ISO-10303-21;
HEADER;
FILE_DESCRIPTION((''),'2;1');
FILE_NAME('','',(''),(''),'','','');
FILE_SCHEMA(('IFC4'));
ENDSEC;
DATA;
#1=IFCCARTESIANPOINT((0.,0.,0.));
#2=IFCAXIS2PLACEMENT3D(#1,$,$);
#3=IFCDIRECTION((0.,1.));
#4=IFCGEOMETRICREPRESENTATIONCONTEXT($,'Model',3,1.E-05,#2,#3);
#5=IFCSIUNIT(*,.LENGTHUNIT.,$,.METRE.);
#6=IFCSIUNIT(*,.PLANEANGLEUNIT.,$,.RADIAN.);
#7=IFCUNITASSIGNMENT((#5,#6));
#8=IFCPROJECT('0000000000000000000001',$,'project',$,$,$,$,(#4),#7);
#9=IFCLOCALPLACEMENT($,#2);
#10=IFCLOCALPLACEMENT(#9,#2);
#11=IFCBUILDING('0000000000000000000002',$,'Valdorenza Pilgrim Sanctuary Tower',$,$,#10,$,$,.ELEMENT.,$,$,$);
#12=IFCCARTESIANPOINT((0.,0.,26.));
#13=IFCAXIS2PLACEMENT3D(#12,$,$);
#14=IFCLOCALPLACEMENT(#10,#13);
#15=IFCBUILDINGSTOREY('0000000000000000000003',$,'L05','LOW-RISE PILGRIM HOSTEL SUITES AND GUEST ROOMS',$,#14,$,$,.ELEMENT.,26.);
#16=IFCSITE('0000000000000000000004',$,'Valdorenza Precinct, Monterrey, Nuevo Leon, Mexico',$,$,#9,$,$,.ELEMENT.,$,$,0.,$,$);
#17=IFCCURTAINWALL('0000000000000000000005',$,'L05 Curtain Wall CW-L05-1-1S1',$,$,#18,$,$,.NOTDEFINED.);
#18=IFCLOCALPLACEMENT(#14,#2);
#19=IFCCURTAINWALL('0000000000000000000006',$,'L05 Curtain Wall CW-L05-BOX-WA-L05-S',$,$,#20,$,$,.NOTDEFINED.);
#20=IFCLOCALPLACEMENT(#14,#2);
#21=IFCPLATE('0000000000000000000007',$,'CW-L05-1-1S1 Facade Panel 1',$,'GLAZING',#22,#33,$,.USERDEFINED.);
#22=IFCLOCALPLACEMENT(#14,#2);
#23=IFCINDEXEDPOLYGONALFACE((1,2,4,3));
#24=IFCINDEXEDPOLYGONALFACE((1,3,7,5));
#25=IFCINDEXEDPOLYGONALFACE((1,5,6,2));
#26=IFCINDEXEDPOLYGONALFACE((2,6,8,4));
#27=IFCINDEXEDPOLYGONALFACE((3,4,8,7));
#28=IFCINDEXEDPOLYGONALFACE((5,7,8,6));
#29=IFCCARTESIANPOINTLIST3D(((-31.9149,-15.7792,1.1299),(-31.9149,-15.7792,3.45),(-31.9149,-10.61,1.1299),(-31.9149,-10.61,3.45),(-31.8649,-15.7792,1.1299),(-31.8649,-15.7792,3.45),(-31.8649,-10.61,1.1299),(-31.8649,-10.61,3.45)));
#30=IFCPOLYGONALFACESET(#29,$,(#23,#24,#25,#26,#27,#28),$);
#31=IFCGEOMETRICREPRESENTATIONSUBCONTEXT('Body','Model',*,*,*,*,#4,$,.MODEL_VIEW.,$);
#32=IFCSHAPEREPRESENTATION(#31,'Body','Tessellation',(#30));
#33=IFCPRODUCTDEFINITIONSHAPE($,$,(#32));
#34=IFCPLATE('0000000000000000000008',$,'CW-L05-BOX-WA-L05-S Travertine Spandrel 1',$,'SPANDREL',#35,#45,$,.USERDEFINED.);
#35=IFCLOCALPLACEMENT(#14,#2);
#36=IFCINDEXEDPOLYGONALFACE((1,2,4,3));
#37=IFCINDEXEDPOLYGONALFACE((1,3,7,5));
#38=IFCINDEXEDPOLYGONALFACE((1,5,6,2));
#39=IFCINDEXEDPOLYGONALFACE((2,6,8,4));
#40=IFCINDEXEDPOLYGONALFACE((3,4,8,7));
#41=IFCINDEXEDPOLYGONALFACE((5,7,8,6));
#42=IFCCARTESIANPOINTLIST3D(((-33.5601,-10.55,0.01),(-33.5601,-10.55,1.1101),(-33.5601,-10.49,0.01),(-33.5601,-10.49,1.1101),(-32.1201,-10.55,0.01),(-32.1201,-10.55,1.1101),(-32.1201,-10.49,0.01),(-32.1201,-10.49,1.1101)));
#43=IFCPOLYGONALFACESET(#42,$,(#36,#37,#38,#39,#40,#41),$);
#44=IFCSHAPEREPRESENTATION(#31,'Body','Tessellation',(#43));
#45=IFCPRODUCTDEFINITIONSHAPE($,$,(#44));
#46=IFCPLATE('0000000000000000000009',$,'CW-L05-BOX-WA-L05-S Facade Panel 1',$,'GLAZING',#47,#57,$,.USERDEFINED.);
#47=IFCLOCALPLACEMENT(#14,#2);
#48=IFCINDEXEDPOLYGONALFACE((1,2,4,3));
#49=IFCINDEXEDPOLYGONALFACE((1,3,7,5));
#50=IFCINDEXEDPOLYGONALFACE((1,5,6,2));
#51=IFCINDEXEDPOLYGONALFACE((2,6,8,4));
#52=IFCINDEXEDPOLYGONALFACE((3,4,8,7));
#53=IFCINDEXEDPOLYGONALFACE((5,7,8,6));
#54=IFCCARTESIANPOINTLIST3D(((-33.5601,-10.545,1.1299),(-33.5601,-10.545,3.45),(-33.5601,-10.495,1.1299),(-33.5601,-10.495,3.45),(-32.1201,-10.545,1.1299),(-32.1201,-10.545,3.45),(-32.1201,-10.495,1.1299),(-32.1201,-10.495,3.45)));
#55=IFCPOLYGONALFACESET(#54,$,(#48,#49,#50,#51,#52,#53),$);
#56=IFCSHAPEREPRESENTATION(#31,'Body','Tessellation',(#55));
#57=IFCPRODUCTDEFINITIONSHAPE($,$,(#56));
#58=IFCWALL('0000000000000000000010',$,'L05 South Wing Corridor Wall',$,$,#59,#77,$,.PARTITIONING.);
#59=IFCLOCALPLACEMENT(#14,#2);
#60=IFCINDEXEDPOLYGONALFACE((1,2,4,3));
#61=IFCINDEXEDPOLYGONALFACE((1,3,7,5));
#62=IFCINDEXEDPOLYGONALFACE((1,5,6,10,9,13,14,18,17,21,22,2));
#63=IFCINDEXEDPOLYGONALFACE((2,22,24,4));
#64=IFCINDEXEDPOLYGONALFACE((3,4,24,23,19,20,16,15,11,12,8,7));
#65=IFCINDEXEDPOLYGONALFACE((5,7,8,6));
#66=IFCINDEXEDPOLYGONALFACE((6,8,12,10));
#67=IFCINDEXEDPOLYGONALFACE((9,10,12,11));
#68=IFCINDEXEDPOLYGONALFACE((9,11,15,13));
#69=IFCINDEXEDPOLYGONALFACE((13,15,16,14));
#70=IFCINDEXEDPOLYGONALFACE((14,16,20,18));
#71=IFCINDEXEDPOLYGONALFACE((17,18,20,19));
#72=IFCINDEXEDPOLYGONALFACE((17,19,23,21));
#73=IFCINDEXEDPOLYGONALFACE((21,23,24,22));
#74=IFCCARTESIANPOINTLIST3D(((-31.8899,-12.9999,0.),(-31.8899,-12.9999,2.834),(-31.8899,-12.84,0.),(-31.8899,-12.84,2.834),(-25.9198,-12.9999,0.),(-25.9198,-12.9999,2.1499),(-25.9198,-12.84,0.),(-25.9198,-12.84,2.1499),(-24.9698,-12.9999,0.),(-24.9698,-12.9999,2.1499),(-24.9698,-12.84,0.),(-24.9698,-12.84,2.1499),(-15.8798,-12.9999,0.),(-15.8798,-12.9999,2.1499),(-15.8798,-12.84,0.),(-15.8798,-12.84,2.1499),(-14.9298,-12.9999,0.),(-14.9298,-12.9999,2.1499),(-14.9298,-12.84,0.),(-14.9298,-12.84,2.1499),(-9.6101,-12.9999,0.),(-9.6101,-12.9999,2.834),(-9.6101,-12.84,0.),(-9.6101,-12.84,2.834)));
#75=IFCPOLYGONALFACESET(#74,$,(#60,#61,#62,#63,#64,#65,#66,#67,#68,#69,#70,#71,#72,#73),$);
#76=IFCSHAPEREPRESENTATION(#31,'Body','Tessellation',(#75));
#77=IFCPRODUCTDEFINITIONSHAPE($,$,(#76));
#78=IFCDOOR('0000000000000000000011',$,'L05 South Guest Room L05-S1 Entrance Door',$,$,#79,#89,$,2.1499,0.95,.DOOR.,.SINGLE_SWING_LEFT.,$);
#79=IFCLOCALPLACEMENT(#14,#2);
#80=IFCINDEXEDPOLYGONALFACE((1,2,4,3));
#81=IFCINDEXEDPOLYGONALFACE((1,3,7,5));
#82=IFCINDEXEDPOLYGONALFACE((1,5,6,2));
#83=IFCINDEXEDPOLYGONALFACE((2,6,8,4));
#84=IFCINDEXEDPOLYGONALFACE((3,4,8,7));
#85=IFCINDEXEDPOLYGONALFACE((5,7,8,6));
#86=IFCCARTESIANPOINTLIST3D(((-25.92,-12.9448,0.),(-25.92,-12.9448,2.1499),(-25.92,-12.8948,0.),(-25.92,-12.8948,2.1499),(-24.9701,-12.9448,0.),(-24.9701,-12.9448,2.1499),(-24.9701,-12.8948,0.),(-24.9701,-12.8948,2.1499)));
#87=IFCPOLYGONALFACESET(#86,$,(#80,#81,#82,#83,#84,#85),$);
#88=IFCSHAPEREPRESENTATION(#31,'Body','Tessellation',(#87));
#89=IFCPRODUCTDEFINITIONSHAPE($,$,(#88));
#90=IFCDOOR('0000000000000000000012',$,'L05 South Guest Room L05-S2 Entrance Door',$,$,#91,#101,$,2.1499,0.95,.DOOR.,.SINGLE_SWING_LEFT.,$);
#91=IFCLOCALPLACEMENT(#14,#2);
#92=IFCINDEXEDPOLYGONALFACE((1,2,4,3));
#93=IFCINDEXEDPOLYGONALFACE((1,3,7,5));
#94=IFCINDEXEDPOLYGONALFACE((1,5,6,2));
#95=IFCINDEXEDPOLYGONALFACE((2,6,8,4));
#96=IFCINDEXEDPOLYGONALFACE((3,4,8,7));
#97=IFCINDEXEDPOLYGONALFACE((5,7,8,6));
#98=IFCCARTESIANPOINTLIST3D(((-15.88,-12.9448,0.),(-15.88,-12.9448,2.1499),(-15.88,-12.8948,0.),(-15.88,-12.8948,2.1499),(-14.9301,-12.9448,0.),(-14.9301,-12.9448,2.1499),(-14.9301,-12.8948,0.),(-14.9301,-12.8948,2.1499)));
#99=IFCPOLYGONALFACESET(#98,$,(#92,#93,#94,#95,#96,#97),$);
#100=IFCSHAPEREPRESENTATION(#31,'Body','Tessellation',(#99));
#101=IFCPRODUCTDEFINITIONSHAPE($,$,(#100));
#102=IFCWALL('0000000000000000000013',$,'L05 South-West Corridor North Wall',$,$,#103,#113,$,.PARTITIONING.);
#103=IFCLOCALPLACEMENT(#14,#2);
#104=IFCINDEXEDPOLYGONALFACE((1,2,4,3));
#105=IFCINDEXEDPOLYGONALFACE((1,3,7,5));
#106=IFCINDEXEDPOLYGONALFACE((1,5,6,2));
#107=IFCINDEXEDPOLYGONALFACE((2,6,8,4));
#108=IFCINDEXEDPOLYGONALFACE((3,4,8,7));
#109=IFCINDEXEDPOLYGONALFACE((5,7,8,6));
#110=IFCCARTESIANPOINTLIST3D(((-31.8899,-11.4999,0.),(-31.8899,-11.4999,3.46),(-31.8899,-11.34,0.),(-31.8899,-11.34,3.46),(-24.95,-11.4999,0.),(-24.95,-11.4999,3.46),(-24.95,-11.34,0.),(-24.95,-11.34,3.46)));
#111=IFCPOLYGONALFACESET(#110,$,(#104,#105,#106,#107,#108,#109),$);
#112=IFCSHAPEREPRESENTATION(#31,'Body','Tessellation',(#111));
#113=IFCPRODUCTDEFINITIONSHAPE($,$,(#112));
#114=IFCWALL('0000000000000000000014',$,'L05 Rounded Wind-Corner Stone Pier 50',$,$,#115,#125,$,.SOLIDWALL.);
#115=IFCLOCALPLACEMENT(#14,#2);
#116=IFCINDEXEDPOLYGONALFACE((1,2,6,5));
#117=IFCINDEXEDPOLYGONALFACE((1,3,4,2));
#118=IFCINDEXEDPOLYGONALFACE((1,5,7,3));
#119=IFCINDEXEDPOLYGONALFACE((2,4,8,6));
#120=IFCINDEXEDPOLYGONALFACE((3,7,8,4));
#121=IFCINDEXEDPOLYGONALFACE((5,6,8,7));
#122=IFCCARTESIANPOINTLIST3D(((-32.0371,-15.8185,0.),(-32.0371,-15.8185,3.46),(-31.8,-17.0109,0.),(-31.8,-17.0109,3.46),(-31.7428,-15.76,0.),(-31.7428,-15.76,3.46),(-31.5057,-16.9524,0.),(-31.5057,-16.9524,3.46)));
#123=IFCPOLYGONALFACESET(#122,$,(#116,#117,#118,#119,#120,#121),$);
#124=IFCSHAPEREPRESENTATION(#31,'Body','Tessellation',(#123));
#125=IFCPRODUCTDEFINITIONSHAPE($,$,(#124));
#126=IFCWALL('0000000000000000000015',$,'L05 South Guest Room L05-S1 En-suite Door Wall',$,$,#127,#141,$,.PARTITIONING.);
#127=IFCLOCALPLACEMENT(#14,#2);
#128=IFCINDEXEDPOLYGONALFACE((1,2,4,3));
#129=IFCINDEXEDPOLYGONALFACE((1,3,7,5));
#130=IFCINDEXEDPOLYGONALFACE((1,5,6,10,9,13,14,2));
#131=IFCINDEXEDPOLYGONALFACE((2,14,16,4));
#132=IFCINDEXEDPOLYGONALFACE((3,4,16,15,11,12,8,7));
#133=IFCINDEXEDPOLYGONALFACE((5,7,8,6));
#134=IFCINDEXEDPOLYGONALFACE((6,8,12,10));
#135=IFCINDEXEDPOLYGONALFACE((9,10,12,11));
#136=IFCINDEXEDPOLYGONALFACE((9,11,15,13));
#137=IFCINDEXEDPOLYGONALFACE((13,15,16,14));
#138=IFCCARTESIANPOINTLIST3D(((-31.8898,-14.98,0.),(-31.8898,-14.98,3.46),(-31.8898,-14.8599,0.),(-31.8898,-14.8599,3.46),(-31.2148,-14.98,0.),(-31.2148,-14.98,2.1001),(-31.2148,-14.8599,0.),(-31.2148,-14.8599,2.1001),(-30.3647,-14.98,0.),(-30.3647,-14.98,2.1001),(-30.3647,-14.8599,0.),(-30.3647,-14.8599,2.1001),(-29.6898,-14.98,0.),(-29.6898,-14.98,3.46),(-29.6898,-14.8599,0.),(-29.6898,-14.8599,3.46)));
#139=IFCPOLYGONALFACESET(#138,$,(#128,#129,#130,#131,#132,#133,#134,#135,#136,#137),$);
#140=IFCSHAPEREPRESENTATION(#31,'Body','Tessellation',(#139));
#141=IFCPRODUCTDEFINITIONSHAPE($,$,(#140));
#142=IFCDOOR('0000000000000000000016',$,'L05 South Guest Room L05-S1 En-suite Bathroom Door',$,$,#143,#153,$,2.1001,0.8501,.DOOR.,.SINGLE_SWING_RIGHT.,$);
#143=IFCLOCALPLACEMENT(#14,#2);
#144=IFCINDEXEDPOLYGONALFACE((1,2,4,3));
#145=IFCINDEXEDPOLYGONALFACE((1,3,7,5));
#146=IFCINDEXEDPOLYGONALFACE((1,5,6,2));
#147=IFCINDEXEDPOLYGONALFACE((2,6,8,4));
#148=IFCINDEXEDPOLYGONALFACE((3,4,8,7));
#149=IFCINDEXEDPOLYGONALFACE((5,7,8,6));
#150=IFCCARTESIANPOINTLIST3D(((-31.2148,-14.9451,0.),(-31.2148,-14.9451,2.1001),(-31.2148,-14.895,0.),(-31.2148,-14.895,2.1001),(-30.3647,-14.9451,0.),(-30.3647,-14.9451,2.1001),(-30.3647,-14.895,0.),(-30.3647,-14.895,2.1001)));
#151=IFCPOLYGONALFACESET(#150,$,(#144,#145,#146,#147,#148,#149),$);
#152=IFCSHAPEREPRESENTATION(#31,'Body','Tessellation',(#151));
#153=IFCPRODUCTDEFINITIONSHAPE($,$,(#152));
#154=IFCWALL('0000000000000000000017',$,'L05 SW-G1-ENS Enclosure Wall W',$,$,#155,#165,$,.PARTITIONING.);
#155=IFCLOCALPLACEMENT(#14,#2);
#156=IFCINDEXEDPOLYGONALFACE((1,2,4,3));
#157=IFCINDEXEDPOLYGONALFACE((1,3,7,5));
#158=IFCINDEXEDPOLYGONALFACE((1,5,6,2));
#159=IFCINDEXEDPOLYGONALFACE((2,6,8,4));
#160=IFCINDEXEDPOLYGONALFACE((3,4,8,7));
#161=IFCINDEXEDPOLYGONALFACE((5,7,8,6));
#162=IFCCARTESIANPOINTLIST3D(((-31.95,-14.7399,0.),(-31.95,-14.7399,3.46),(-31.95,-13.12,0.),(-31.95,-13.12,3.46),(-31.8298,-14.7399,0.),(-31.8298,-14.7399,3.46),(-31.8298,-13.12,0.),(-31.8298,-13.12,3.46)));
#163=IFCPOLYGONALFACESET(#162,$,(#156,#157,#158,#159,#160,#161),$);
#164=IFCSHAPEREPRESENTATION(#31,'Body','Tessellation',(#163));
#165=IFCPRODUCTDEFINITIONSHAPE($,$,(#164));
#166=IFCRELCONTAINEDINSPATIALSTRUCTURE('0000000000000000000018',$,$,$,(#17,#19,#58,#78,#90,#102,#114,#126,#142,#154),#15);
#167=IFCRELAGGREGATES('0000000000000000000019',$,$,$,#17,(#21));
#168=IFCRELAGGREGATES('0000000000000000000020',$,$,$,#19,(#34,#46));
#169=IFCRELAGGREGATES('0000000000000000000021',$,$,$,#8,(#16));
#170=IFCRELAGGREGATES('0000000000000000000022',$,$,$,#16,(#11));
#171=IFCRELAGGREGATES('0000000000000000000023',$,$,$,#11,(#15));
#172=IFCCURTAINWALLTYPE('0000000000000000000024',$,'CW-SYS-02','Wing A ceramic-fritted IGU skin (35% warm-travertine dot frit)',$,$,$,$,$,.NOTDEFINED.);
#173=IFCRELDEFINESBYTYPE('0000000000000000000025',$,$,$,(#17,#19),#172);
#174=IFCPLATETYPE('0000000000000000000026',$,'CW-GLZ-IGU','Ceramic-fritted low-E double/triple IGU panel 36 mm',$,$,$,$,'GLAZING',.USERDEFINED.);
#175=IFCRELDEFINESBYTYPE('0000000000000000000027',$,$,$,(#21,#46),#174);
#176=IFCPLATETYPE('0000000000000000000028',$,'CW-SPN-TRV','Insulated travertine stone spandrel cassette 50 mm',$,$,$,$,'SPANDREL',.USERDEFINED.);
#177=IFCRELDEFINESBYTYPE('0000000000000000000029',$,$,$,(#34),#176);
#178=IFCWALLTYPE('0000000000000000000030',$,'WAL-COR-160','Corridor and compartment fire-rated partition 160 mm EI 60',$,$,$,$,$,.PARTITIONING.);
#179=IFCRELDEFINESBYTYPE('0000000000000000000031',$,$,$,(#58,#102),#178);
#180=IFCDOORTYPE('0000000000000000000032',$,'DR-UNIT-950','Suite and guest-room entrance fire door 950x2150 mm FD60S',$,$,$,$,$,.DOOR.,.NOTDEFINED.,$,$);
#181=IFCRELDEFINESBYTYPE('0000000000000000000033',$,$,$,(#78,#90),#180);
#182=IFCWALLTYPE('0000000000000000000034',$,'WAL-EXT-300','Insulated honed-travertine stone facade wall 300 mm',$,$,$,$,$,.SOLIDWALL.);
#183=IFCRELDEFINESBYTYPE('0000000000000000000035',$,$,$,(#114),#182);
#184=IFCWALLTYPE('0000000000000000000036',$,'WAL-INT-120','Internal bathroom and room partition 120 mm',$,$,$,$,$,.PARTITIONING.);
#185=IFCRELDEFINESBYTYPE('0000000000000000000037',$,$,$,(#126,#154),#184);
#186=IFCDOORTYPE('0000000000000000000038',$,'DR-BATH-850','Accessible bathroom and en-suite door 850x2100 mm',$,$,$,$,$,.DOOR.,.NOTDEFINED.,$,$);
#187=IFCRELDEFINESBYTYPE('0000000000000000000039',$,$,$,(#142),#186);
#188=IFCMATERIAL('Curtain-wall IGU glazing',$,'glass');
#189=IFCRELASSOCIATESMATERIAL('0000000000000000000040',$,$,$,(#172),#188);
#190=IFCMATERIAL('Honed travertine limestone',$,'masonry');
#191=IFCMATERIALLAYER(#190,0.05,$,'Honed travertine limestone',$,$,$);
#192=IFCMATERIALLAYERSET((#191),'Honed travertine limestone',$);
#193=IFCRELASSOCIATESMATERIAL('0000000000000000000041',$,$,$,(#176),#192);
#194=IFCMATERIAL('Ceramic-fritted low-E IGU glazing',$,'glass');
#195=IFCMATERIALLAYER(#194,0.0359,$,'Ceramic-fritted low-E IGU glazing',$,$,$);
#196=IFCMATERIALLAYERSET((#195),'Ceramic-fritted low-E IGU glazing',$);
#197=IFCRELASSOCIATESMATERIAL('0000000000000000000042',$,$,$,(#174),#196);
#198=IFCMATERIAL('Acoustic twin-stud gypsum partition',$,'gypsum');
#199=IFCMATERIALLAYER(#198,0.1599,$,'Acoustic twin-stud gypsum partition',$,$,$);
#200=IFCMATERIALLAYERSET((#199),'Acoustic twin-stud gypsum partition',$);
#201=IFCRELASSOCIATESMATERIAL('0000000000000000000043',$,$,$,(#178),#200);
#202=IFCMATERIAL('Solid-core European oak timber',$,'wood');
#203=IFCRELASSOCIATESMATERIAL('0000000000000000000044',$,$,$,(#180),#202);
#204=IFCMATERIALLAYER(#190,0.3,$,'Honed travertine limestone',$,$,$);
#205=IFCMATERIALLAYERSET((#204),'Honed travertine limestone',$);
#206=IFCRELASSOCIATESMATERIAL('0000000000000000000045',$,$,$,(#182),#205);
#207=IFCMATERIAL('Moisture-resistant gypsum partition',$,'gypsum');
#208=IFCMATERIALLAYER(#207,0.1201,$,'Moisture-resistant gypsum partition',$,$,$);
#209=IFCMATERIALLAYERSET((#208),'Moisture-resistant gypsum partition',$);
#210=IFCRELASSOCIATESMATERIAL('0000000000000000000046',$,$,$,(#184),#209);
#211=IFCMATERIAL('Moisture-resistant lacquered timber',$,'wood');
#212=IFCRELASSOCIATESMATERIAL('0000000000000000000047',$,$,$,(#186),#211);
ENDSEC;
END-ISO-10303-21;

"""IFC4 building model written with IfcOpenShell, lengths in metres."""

from ifc_helpers import new_model, si_unit, direction, frame, frame_2d, origin, origin_2d, place, context, subcontext, project, spatial, rectangle, extrude, source, transform, mapped, material, layer, layer_set, type_object, element, fill, aggregate, save


model = new_model("IFC4")

# Units and contexts
model_context = context("Model", 3, precision=1e-05, world=origin(), true_north=direction((0.0, 1.0)))
body_context = subcontext(model_context, "Body", "Model", "MODEL_VIEW")
ifc_project = project(units=[si_unit("LENGTHUNIT", "METRE"), si_unit("PLANEANGLEUNIT", "RADIAN")], contexts=[model_context])

# Site, building, storey
site_placement = place(None, origin())
site = spatial("IfcSite", under=ifc_project, at=site_placement, Name="Valdorenza Precinct, Monterrey, Nuevo Leon, Mexico", CompositionType="ELEMENT", RefElevation=0.0)
building_placement = place(site_placement, origin())
building = spatial("IfcBuilding", under=site, at=building_placement, Name="Valdorenza Pilgrim Sanctuary Tower", CompositionType="ELEMENT")
storey_placement = place(building_placement, frame((0.0, 0.0, 26.0)))
storey = spatial("IfcBuildingStorey", under=building, at=storey_placement, Name="L05", Description="LOW-RISE PILGRIM HOSTEL SUITES AND GUEST ROOMS", CompositionType="ELEMENT", Elevation=26.0)

# Curtain wall
ifc_material_1 = material(Name="Curtain-wall IGU glazing", Category="glass")
curtain_wall_type = type_object("IfcCurtainWallType", Name="CW-SYS-02", Description="Wing A ceramic-fritted IGU skin (35% warm-travertine dot frit)", PredefinedType="NOTDEFINED", material=ifc_material_1)
curtain_wall_1_placement = place(storey_placement, origin())
curtain_wall_1 = element("IfcCurtainWall", 1, at=curtain_wall_1_placement, inside=storey, type_object=curtain_wall_type, Name="L05 Curtain Wall CW-L05-1-1S1", PredefinedType="NOTDEFINED")

# Curtain wall
curtain_wall_2_placement = place(storey_placement, origin())
curtain_wall_2 = element("IfcCurtainWall", 2, at=curtain_wall_2_placement, inside=storey, type_object=curtain_wall_type, Name="L05 Curtain Wall CW-L05-BOX-WA-L05-S", PredefinedType="NOTDEFINED")

# Plates
ifc_material_2 = material(Name="Honed travertine limestone", Category="masonry")
ifc_layer_1 = layer(ifc_material_2, 0.05, Name="Honed travertine limestone")
ifc_layer_set_1 = layer_set([ifc_layer_1], Name="Honed travertine limestone")
plate_type_1 = type_object("IfcPlateType", Name="CW-SPN-TRV", Description="Insulated travertine stone spandrel cassette 50 mm", ElementType="SPANDREL", PredefinedType="USERDEFINED", material=ifc_layer_set_1)
ifc_material_3 = material(Name="Ceramic-fritted low-E IGU glazing", Category="glass")
ifc_layer_2 = layer(ifc_material_3, 0.0359, Name="Ceramic-fritted low-E IGU glazing")
ifc_layer_set_2 = layer_set([ifc_layer_2], Name="Ceramic-fritted low-E IGU glazing")
plate_type_2 = type_object("IfcPlateType", Name="CW-GLZ-IGU", Description="Ceramic-fritted low-E double/triple IGU panel 36 mm", ElementType="GLAZING", PredefinedType="USERDEFINED", material=ifc_layer_set_2)
shared_shape_1 = source(origin(), body_context, "Body", "SweptSolid", [
    extrude(rectangle(XDim=5.1692, YDim=0.05, at=origin_2d()), origin(), (0.0, 0.0, 1.0), 2.3201),
])
plate_1_placement = place(storey_placement, frame((-31.8899, -13.1946, 1.1299), z_axis=(0.0, 0.0, 1.0), x_axis=(0.0, 1.0, 0.0)))
plate_1 = element("IfcPlate", 3, at=plate_1_placement, type_object=plate_type_2, Name="CW-L05-1-1S1 Facade Panel 1", ObjectType="GLAZING", PredefinedType="USERDEFINED", context=body_context, shape_type="MappedRepresentation", body=[
    mapped(shared_shape_1, transform((0.0, 0.0, 0.0), x_axis=(1.0, 0.0, 0.0), y_axis=(0.0, 1.0, 0.0), z_axis=(0.0, 0.0, 1.0), scale=1.0)),
])
aggregate(curtain_wall_1, [plate_1])
shared_shape_2 = source(origin(), body_context, "Body", "SweptSolid", [
    extrude(rectangle(XDim=1.4399, YDim=0.0601, at=origin_2d()), origin(), (0.0, 0.0, 1.0), 1.1001),
])
plate_2_placement = place(storey_placement, frame((-32.8401, -10.52, 0.01), z_axis=(0.0, 0.0, 1.0), x_axis=(-1.0, 0.0, 0.0)))
plate_2 = element("IfcPlate", 4, at=plate_2_placement, type_object=plate_type_1, Name="CW-L05-BOX-WA-L05-S Travertine Spandrel 1", ObjectType="SPANDREL", PredefinedType="USERDEFINED", context=body_context, shape_type="MappedRepresentation", body=[
    mapped(shared_shape_2, transform((0.0, 0.0, 0.0), x_axis=(1.0, 0.0, 0.0), y_axis=(0.0, 1.0, 0.0), z_axis=(0.0, 0.0, 1.0), scale=1.0)),
])
shared_shape_3 = source(origin(), body_context, "Body", "SweptSolid", [
    extrude(rectangle(XDim=1.4399, YDim=0.05, at=origin_2d()), origin(), (0.0, 0.0, 1.0), 2.3201),
])
plate_3_placement = place(storey_placement, frame((-32.8401, -10.52, 1.1299), z_axis=(0.0, 0.0, 1.0), x_axis=(-1.0, 0.0, 0.0)))
plate_3 = element("IfcPlate", 5, at=plate_3_placement, type_object=plate_type_2, Name="CW-L05-BOX-WA-L05-S Facade Panel 1", ObjectType="GLAZING", PredefinedType="USERDEFINED", context=body_context, shape_type="MappedRepresentation", body=[
    mapped(shared_shape_3, transform((0.0, 0.0, 0.0), x_axis=(1.0, 0.0, 0.0), y_axis=(0.0, 1.0, 0.0), z_axis=(0.0, 0.0, 1.0), scale=1.0)),
])
aggregate(curtain_wall_2, [plate_2, plate_3])

# Wall, openings, doors
ifc_material_4 = material(Name="Acoustic twin-stud gypsum partition", Category="gypsum")
ifc_layer_3 = layer(ifc_material_4, 0.1599, Name="Acoustic twin-stud gypsum partition")
ifc_layer_set_3 = layer_set([ifc_layer_3], Name="Acoustic twin-stud gypsum partition")
wall_type_1 = type_object("IfcWallType", Name="WAL-COR-160", Description="Corridor and compartment fire-rated partition 160 mm EI 60", PredefinedType="PARTITIONING", material=ifc_layer_set_3)
wall_1_placement = place(storey_placement, frame((-31.8899, -12.9199, 0.0), z_axis=(0.0, 0.0, 1.0), x_axis=(1.0, 0.0, 0.0)))
wall_1 = element("IfcWall", 6, at=wall_1_placement, inside=storey, type_object=wall_type_1, Name="L05 South Wing Corridor Wall", PredefinedType="PARTITIONING", context=body_context, shape_type="SweptSolid", body=[
    extrude(rectangle(XDim=22.2798, YDim=0.1599, at=frame_2d((11.1399, 0.0))), origin(), (0.0, 0.0, 1.0), 2.834),
])
opening_1_placement = place(wall_1_placement, frame((5.97, 0.0, 0.0)))
opening_1 = element("IfcOpeningElement", 7, at=opening_1_placement, cuts=wall_1, PredefinedType="OPENING", context=body_context, shape_type="SweptSolid", body=[
    extrude(rectangle(XDim=0.95, YDim=2.1499, at=frame_2d((0.4751, 1.075))), frame((0.0, 0.0947, 0.0), z_axis=(0.0, -1.0, 0.0), x_axis=(1.0, 0.0, 0.0)), (0.0, 0.0, 1.0), 0.1897),
])
opening_2_placement = place(wall_1_placement, frame((16.01, 0.0, 0.0)))
opening_2 = element("IfcOpeningElement", 8, at=opening_2_placement, cuts=wall_1, PredefinedType="OPENING", context=body_context, shape_type="SweptSolid", body=[
    extrude(rectangle(XDim=0.95, YDim=2.1499, at=frame_2d((0.4751, 1.075))), frame((0.0, 0.0947, 0.0), z_axis=(0.0, -1.0, 0.0), x_axis=(1.0, 0.0, 0.0)), (0.0, 0.0, 1.0), 0.1897),
])
ifc_material_5 = material(Name="Solid-core European oak timber", Category="wood")
door_type_1 = type_object("IfcDoorType", Name="DR-UNIT-950", Description="Suite and guest-room entrance fire door 950x2150 mm FD60S", OperationType="NOTDEFINED", PredefinedType="DOOR", material=ifc_material_5)
door_1_placement = place(opening_1_placement, frame((0.95, 0.0, 0.0), z_axis=(0.0, 0.0, 1.0), x_axis=(-1.0, 0.0, 0.0)))
door_1 = element("IfcDoor", 9, at=door_1_placement, inside=storey, type_object=door_type_1, Name="L05 South Guest Room L05-S1 Entrance Door", OperationType="SINGLE_SWING_LEFT", OverallHeight=2.1499, OverallWidth=0.95, PredefinedType="DOOR", context=body_context, shape_type="SweptSolid", body=[
    extrude(rectangle(XDim=0.95, YDim=2.1499, at=frame_2d((0.4751, 1.075))), frame((0.0, 0.0249, 0.0), z_axis=(0.0, -1.0, 0.0), x_axis=(1.0, 0.0, 0.0)), (0.0, 0.0, 1.0), 0.05),
])
fill(opening_1, door_1)
door_2_placement = place(opening_2_placement, frame((0.95, 0.0, 0.0), z_axis=(0.0, 0.0, 1.0), x_axis=(-1.0, 0.0, 0.0)))
door_2 = element("IfcDoor", 10, at=door_2_placement, inside=storey, type_object=door_type_1, Name="L05 South Guest Room L05-S2 Entrance Door", OperationType="SINGLE_SWING_LEFT", OverallHeight=2.1499, OverallWidth=0.95, PredefinedType="DOOR", context=body_context, shape_type="SweptSolid", body=[
    extrude(rectangle(XDim=0.95, YDim=2.1499, at=frame_2d((0.4751, 1.075))), frame((0.0, 0.0249, 0.0), z_axis=(0.0, -1.0, 0.0), x_axis=(1.0, 0.0, 0.0)), (0.0, 0.0, 1.0), 0.05),
])
fill(opening_2, door_2)

# Walls
wall_2_placement = place(storey_placement, frame((-31.8899, -11.4199, 0.0), z_axis=(0.0, 0.0, 1.0), x_axis=(1.0, 0.0, 0.0)))
element("IfcWall", 11, at=wall_2_placement, inside=storey, type_object=wall_type_1, Name="L05 South-West Corridor North Wall", PredefinedType="PARTITIONING", context=body_context, shape_type="SweptSolid", body=[
    extrude(rectangle(XDim=6.9399, YDim=0.1599, at=frame_2d((3.47, 0.0))), origin(), (0.0, 0.0, 1.0), 3.46),
])
ifc_layer_4 = layer(ifc_material_2, 0.3, Name="Honed travertine limestone")
ifc_layer_set_4 = layer_set([ifc_layer_4], Name="Honed travertine limestone")
wall_type_2 = type_object("IfcWallType", Name="WAL-EXT-300", Description="Insulated honed-travertine stone facade wall 300 mm", PredefinedType="SOLIDWALL", material=ifc_layer_set_4)
wall_3_placement = place(storey_placement, frame((-31.6528, -16.9817, 0.0), z_axis=(0.0, 0.0, 1.0), x_axis=(-0.194996, 0.980804, 0.0)))
element("IfcWall", 12, at=wall_3_placement, inside=storey, type_object=wall_type_2, Name="L05 Rounded Wind-Corner Stone Pier 50", PredefinedType="SOLIDWALL", context=body_context, shape_type="SweptSolid", body=[
    extrude(rectangle(XDim=1.2158, YDim=0.3, at=frame_2d((0.6079, 0.0))), origin(), (0.0, 0.0, 1.0), 3.46),
])

# Wall, opening, door
ifc_material_6 = material(Name="Moisture-resistant gypsum partition", Category="gypsum")
ifc_layer_5 = layer(ifc_material_6, 0.1201, Name="Moisture-resistant gypsum partition")
ifc_layer_set_5 = layer_set([ifc_layer_5], Name="Moisture-resistant gypsum partition")
wall_type_3 = type_object("IfcWallType", Name="WAL-INT-120", Description="Internal bathroom and room partition 120 mm", PredefinedType="PARTITIONING", material=ifc_layer_set_5)
wall_4_placement = place(storey_placement, frame((-31.8899, -14.9199, 0.0), z_axis=(0.0, 0.0, 1.0), x_axis=(1.0, 0.0, 0.0)))
wall_4 = element("IfcWall", 13, at=wall_4_placement, inside=storey, type_object=wall_type_3, Name="L05 South Guest Room L05-S1 En-suite Door Wall", PredefinedType="PARTITIONING", context=body_context, shape_type="SweptSolid", body=[
    extrude(rectangle(XDim=2.2, YDim=0.1201, at=frame_2d((1.1001, 0.0))), origin(), (0.0, 0.0, 1.0), 3.46),
])
opening_3_placement = place(wall_4_placement, frame((0.675, 0.0, 0.0)))
opening_3 = element("IfcOpeningElement", 14, at=opening_3_placement, cuts=wall_4, PredefinedType="OPENING", context=body_context, shape_type="SweptSolid", body=[
    extrude(rectangle(XDim=0.8501, YDim=2.1001, at=frame_2d((0.425, 1.05))), frame((0.0, 0.075, 0.0), z_axis=(0.0, -1.0, 0.0), x_axis=(1.0, 0.0, 0.0)), (0.0, 0.0, 1.0), 0.1499),
])
ifc_material_7 = material(Name="Moisture-resistant lacquered timber", Category="wood")
door_type_2 = type_object("IfcDoorType", Name="DR-BATH-850", Description="Accessible bathroom and en-suite door 850x2100 mm", OperationType="NOTDEFINED", PredefinedType="DOOR", material=ifc_material_7)
door_3_placement = place(opening_3_placement, origin())
door_3 = element("IfcDoor", 15, at=door_3_placement, inside=storey, type_object=door_type_2, Name="L05 South Guest Room L05-S1 En-suite Bathroom Door", OperationType="SINGLE_SWING_RIGHT", OverallHeight=2.1001, OverallWidth=0.8501, PredefinedType="DOOR", context=body_context, shape_type="SweptSolid", body=[
    extrude(rectangle(XDim=0.8501, YDim=2.1001, at=frame_2d((0.425, 1.05))), frame((0.0, 0.0249, 0.0), z_axis=(0.0, -1.0, 0.0), x_axis=(1.0, 0.0, 0.0)), (0.0, 0.0, 1.0), 0.05),
])
fill(opening_3, door_3)

# Wall
wall_5_placement = place(storey_placement, frame((-31.8899, -14.74, 0.0), z_axis=(0.0, 0.0, 1.0), x_axis=(0.0, 1.0, 0.0)))
element("IfcWall", 16, at=wall_5_placement, inside=storey, type_object=wall_type_3, Name="L05 SW-G1-ENS Enclosure Wall W", PredefinedType="PARTITIONING", context=body_context, shape_type="SweptSolid", body=[
    extrude(rectangle(XDim=1.6199, YDim=0.1201, at=frame_2d((0.8101, 0.0))), origin(), (0.0, 0.0, 1.0), 3.46),
])

save(model, "model.ifc")
